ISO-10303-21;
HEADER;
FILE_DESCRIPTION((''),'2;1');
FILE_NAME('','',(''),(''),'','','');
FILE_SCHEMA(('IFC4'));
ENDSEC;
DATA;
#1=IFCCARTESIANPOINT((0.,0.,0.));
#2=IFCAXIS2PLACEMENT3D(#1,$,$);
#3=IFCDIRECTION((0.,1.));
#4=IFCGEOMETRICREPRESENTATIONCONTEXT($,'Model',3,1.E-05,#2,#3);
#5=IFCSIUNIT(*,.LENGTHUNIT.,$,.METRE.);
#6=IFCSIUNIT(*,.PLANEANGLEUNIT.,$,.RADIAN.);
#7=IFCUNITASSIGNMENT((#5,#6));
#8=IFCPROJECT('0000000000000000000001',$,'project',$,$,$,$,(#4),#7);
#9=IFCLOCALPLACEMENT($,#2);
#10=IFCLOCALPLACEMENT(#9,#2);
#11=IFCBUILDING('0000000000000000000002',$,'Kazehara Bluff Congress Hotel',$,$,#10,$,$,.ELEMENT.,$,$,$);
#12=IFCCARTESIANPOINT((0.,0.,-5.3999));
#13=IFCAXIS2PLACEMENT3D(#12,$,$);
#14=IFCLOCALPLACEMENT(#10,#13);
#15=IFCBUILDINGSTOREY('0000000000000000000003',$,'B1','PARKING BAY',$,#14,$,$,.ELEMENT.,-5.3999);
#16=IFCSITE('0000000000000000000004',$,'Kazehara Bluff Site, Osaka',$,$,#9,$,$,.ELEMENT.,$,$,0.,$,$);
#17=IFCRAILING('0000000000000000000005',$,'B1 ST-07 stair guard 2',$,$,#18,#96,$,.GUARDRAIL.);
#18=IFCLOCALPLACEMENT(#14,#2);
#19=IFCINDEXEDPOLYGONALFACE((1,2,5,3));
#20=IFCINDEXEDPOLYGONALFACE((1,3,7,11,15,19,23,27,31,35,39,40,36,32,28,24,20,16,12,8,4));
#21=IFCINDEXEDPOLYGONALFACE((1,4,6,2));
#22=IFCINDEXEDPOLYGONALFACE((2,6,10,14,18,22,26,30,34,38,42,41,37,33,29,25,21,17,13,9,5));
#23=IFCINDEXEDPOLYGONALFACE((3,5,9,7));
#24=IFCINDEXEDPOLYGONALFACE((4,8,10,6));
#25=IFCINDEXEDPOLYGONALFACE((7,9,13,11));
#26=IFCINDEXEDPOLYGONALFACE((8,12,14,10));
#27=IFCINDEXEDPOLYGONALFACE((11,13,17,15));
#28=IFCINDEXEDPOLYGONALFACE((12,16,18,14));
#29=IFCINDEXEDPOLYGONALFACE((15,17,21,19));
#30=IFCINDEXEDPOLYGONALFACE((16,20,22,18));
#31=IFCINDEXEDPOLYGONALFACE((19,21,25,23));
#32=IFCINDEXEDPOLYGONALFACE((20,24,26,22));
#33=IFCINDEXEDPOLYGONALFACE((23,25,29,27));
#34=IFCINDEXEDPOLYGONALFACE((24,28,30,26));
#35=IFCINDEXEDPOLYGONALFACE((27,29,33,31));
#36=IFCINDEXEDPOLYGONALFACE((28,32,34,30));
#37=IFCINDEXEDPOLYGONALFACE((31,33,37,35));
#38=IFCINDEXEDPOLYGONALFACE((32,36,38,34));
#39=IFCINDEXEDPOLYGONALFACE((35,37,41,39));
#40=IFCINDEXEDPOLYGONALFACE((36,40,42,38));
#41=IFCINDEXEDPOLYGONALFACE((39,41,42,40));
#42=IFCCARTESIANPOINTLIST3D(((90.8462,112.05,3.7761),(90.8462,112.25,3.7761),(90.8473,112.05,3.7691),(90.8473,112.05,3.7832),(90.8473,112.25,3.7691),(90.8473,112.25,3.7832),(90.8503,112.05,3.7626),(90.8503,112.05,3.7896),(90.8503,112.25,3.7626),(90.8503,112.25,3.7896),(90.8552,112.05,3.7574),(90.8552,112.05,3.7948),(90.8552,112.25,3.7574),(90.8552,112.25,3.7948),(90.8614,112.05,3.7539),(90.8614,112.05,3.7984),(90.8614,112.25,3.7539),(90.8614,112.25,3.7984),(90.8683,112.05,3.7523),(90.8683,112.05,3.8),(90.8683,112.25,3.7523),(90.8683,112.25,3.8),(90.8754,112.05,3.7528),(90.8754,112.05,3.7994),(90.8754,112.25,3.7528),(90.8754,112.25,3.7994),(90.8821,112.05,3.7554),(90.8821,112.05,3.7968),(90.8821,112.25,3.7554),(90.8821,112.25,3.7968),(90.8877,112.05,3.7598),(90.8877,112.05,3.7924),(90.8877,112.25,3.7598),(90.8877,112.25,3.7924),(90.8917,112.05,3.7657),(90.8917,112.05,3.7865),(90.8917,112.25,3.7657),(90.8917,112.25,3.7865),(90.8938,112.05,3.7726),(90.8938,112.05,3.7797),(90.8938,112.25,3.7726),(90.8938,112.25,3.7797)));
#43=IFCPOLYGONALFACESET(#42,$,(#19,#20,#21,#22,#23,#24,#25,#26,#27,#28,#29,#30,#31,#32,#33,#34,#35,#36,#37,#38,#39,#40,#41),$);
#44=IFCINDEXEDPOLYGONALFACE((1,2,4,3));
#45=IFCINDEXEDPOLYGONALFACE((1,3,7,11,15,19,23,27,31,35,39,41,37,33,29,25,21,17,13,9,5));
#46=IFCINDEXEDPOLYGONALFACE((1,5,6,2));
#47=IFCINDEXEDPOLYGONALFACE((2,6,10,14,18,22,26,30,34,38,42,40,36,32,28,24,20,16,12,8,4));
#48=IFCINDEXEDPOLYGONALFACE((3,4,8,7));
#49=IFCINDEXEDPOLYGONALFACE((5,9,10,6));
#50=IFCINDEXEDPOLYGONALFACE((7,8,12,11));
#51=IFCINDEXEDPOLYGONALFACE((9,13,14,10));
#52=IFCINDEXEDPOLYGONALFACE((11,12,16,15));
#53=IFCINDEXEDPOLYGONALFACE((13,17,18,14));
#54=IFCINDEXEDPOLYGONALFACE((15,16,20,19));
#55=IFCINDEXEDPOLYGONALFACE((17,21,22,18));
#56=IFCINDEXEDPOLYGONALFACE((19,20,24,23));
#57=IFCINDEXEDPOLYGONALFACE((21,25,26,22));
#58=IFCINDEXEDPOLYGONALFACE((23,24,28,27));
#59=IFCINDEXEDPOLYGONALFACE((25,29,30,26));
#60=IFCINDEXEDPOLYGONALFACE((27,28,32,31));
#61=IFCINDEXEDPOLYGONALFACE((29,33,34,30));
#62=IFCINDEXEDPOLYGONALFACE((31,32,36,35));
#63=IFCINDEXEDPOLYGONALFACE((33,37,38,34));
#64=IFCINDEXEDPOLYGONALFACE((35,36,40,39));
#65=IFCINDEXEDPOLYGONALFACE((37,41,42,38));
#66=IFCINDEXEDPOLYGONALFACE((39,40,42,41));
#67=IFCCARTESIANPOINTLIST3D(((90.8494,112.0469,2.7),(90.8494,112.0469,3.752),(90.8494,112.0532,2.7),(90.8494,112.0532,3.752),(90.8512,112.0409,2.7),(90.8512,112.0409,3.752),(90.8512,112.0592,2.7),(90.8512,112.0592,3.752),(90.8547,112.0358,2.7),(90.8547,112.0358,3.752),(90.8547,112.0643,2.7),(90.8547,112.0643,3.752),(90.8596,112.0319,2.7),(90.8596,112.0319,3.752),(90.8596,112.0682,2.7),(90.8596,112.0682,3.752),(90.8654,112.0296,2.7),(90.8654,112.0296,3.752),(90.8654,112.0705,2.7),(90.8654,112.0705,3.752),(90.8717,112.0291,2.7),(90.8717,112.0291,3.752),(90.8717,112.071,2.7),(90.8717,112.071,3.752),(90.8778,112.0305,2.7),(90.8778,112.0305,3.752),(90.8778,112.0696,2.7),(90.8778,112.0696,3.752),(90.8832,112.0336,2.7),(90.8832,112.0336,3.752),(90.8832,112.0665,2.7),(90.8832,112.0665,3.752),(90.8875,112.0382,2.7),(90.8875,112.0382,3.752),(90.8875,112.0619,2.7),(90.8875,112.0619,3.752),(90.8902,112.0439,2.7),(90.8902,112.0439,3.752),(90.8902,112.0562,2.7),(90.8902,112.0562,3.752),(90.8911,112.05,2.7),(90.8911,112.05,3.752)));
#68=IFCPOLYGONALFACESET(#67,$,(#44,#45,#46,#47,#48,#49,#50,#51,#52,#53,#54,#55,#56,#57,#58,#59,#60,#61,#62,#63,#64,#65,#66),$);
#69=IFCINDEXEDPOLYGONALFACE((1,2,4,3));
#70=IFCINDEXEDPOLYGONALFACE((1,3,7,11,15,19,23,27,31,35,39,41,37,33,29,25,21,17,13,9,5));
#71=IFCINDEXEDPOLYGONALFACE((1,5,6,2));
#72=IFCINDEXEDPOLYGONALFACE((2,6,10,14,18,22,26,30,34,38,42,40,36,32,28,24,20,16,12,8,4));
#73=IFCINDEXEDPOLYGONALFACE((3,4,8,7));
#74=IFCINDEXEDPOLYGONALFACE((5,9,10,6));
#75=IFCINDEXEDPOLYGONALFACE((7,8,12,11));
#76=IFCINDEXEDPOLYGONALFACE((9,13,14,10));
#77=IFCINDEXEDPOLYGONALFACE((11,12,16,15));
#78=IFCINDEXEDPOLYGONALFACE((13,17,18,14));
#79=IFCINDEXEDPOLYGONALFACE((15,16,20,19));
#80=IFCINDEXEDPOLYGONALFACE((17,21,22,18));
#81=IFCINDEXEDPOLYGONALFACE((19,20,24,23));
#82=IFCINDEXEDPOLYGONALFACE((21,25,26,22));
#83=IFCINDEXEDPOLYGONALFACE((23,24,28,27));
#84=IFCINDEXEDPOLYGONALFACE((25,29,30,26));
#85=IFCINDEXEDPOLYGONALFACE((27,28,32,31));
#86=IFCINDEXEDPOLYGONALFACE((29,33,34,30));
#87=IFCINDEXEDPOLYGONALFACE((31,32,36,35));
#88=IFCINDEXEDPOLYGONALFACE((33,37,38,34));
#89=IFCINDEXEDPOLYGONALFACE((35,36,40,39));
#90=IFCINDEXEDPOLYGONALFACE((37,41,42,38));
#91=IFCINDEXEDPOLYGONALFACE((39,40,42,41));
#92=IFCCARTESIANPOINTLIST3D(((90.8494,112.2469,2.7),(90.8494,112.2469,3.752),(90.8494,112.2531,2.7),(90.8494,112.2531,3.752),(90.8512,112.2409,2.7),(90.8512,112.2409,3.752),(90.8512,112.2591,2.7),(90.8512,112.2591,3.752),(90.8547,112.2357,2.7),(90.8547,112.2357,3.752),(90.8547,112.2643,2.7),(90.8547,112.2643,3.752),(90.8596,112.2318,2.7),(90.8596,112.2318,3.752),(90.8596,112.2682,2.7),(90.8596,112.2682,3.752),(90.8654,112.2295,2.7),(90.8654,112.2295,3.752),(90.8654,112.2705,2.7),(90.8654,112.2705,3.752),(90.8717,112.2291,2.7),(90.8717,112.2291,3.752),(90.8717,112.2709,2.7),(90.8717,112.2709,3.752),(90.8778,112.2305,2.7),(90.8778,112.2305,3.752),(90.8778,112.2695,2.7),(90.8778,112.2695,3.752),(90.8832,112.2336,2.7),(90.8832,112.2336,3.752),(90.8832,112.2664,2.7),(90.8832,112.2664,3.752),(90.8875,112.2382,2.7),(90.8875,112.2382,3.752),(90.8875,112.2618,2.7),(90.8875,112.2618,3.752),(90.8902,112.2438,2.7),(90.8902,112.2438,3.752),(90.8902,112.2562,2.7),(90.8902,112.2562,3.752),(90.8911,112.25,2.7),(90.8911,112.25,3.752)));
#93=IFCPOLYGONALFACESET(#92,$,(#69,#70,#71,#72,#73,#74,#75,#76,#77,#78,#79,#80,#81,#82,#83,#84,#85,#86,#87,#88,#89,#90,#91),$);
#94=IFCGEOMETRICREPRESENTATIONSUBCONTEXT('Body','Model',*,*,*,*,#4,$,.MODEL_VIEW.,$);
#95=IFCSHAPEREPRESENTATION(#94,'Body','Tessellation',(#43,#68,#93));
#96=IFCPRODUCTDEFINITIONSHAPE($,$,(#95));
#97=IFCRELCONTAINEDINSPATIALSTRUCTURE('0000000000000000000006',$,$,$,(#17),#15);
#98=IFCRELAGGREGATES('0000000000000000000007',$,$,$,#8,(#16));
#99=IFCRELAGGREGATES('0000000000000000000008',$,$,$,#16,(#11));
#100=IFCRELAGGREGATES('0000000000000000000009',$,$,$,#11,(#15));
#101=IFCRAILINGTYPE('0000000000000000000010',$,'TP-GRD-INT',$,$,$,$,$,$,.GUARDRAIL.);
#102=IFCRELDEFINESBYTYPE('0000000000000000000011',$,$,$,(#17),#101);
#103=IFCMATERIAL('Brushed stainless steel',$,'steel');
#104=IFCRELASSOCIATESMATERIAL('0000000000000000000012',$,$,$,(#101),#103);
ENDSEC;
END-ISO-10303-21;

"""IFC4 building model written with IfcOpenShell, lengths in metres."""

from ifc_helpers import new_model, si_unit, direction, frame, origin, origin_2d, place, context, subcontext, project, spatial, circle, extrude, material, type_object, element, save


model = new_model("IFC4")

# Units and contexts
model_context = context("Model", 3, precision=1e-05, world=origin(), true_north=direction((0.0, 1.0)))
body_context = subcontext(model_context, "Body", "Model", "MODEL_VIEW")
ifc_project = project(units=[si_unit("LENGTHUNIT", "METRE"), si_unit("PLANEANGLEUNIT", "RADIAN")], contexts=[model_context])

# Site, building, storey
site_placement = place(None, origin())
site = spatial("IfcSite", under=ifc_project, at=site_placement, Name="Kazehara Bluff Site, Osaka", CompositionType="ELEMENT", RefElevation=0.0)
building_placement = place(site_placement, origin())
building = spatial("IfcBuilding", under=site, at=building_placement, Name="Kazehara Bluff Congress Hotel", CompositionType="ELEMENT")
storey_placement = place(building_placement, frame((0.0, 0.0, -5.3999)))
storey = spatial("IfcBuildingStorey", under=building, at=storey_placement, Name="B1", Description="PARKING BAY", CompositionType="ELEMENT", Elevation=-5.3999)

# Railing
ifc_material_1 = material(Name="Brushed stainless steel", Category="steel")
railing_type_1 = type_object("IfcRailingType", Name="TP-GRD-INT", PredefinedType="GUARDRAIL", material=ifc_material_1)
railing_1_placement = place(storey_placement, frame((90.8701, 112.05, 2.7)))
element("IfcRailing", 1, at=railing_1_placement, inside=storey, type_object=railing_type_1, Name="B1 ST-07 stair guard 2", PredefinedType="GUARDRAIL", context=body_context, shape_type="SweptSolid", body=[
    extrude(circle(Radius=0.0239, at=origin_2d()), frame((0.0, 0.0, 1.0762), z_axis=(0.0, 1.0, 0.0), x_axis=(-1.0, 0.0, 0.0)), (0.0, 0.0, 1.0), 0.2),
    extrude(circle(Radius=0.021, at=origin_2d()), origin(), (0.0, 0.0, 1.0), 1.052),
    extrude(circle(Radius=0.021, at=origin_2d()), frame((0.0, 0.2, 0.0)), (0.0, 0.0, 1.0), 1.052),
])

save(model, "model.ifc")
